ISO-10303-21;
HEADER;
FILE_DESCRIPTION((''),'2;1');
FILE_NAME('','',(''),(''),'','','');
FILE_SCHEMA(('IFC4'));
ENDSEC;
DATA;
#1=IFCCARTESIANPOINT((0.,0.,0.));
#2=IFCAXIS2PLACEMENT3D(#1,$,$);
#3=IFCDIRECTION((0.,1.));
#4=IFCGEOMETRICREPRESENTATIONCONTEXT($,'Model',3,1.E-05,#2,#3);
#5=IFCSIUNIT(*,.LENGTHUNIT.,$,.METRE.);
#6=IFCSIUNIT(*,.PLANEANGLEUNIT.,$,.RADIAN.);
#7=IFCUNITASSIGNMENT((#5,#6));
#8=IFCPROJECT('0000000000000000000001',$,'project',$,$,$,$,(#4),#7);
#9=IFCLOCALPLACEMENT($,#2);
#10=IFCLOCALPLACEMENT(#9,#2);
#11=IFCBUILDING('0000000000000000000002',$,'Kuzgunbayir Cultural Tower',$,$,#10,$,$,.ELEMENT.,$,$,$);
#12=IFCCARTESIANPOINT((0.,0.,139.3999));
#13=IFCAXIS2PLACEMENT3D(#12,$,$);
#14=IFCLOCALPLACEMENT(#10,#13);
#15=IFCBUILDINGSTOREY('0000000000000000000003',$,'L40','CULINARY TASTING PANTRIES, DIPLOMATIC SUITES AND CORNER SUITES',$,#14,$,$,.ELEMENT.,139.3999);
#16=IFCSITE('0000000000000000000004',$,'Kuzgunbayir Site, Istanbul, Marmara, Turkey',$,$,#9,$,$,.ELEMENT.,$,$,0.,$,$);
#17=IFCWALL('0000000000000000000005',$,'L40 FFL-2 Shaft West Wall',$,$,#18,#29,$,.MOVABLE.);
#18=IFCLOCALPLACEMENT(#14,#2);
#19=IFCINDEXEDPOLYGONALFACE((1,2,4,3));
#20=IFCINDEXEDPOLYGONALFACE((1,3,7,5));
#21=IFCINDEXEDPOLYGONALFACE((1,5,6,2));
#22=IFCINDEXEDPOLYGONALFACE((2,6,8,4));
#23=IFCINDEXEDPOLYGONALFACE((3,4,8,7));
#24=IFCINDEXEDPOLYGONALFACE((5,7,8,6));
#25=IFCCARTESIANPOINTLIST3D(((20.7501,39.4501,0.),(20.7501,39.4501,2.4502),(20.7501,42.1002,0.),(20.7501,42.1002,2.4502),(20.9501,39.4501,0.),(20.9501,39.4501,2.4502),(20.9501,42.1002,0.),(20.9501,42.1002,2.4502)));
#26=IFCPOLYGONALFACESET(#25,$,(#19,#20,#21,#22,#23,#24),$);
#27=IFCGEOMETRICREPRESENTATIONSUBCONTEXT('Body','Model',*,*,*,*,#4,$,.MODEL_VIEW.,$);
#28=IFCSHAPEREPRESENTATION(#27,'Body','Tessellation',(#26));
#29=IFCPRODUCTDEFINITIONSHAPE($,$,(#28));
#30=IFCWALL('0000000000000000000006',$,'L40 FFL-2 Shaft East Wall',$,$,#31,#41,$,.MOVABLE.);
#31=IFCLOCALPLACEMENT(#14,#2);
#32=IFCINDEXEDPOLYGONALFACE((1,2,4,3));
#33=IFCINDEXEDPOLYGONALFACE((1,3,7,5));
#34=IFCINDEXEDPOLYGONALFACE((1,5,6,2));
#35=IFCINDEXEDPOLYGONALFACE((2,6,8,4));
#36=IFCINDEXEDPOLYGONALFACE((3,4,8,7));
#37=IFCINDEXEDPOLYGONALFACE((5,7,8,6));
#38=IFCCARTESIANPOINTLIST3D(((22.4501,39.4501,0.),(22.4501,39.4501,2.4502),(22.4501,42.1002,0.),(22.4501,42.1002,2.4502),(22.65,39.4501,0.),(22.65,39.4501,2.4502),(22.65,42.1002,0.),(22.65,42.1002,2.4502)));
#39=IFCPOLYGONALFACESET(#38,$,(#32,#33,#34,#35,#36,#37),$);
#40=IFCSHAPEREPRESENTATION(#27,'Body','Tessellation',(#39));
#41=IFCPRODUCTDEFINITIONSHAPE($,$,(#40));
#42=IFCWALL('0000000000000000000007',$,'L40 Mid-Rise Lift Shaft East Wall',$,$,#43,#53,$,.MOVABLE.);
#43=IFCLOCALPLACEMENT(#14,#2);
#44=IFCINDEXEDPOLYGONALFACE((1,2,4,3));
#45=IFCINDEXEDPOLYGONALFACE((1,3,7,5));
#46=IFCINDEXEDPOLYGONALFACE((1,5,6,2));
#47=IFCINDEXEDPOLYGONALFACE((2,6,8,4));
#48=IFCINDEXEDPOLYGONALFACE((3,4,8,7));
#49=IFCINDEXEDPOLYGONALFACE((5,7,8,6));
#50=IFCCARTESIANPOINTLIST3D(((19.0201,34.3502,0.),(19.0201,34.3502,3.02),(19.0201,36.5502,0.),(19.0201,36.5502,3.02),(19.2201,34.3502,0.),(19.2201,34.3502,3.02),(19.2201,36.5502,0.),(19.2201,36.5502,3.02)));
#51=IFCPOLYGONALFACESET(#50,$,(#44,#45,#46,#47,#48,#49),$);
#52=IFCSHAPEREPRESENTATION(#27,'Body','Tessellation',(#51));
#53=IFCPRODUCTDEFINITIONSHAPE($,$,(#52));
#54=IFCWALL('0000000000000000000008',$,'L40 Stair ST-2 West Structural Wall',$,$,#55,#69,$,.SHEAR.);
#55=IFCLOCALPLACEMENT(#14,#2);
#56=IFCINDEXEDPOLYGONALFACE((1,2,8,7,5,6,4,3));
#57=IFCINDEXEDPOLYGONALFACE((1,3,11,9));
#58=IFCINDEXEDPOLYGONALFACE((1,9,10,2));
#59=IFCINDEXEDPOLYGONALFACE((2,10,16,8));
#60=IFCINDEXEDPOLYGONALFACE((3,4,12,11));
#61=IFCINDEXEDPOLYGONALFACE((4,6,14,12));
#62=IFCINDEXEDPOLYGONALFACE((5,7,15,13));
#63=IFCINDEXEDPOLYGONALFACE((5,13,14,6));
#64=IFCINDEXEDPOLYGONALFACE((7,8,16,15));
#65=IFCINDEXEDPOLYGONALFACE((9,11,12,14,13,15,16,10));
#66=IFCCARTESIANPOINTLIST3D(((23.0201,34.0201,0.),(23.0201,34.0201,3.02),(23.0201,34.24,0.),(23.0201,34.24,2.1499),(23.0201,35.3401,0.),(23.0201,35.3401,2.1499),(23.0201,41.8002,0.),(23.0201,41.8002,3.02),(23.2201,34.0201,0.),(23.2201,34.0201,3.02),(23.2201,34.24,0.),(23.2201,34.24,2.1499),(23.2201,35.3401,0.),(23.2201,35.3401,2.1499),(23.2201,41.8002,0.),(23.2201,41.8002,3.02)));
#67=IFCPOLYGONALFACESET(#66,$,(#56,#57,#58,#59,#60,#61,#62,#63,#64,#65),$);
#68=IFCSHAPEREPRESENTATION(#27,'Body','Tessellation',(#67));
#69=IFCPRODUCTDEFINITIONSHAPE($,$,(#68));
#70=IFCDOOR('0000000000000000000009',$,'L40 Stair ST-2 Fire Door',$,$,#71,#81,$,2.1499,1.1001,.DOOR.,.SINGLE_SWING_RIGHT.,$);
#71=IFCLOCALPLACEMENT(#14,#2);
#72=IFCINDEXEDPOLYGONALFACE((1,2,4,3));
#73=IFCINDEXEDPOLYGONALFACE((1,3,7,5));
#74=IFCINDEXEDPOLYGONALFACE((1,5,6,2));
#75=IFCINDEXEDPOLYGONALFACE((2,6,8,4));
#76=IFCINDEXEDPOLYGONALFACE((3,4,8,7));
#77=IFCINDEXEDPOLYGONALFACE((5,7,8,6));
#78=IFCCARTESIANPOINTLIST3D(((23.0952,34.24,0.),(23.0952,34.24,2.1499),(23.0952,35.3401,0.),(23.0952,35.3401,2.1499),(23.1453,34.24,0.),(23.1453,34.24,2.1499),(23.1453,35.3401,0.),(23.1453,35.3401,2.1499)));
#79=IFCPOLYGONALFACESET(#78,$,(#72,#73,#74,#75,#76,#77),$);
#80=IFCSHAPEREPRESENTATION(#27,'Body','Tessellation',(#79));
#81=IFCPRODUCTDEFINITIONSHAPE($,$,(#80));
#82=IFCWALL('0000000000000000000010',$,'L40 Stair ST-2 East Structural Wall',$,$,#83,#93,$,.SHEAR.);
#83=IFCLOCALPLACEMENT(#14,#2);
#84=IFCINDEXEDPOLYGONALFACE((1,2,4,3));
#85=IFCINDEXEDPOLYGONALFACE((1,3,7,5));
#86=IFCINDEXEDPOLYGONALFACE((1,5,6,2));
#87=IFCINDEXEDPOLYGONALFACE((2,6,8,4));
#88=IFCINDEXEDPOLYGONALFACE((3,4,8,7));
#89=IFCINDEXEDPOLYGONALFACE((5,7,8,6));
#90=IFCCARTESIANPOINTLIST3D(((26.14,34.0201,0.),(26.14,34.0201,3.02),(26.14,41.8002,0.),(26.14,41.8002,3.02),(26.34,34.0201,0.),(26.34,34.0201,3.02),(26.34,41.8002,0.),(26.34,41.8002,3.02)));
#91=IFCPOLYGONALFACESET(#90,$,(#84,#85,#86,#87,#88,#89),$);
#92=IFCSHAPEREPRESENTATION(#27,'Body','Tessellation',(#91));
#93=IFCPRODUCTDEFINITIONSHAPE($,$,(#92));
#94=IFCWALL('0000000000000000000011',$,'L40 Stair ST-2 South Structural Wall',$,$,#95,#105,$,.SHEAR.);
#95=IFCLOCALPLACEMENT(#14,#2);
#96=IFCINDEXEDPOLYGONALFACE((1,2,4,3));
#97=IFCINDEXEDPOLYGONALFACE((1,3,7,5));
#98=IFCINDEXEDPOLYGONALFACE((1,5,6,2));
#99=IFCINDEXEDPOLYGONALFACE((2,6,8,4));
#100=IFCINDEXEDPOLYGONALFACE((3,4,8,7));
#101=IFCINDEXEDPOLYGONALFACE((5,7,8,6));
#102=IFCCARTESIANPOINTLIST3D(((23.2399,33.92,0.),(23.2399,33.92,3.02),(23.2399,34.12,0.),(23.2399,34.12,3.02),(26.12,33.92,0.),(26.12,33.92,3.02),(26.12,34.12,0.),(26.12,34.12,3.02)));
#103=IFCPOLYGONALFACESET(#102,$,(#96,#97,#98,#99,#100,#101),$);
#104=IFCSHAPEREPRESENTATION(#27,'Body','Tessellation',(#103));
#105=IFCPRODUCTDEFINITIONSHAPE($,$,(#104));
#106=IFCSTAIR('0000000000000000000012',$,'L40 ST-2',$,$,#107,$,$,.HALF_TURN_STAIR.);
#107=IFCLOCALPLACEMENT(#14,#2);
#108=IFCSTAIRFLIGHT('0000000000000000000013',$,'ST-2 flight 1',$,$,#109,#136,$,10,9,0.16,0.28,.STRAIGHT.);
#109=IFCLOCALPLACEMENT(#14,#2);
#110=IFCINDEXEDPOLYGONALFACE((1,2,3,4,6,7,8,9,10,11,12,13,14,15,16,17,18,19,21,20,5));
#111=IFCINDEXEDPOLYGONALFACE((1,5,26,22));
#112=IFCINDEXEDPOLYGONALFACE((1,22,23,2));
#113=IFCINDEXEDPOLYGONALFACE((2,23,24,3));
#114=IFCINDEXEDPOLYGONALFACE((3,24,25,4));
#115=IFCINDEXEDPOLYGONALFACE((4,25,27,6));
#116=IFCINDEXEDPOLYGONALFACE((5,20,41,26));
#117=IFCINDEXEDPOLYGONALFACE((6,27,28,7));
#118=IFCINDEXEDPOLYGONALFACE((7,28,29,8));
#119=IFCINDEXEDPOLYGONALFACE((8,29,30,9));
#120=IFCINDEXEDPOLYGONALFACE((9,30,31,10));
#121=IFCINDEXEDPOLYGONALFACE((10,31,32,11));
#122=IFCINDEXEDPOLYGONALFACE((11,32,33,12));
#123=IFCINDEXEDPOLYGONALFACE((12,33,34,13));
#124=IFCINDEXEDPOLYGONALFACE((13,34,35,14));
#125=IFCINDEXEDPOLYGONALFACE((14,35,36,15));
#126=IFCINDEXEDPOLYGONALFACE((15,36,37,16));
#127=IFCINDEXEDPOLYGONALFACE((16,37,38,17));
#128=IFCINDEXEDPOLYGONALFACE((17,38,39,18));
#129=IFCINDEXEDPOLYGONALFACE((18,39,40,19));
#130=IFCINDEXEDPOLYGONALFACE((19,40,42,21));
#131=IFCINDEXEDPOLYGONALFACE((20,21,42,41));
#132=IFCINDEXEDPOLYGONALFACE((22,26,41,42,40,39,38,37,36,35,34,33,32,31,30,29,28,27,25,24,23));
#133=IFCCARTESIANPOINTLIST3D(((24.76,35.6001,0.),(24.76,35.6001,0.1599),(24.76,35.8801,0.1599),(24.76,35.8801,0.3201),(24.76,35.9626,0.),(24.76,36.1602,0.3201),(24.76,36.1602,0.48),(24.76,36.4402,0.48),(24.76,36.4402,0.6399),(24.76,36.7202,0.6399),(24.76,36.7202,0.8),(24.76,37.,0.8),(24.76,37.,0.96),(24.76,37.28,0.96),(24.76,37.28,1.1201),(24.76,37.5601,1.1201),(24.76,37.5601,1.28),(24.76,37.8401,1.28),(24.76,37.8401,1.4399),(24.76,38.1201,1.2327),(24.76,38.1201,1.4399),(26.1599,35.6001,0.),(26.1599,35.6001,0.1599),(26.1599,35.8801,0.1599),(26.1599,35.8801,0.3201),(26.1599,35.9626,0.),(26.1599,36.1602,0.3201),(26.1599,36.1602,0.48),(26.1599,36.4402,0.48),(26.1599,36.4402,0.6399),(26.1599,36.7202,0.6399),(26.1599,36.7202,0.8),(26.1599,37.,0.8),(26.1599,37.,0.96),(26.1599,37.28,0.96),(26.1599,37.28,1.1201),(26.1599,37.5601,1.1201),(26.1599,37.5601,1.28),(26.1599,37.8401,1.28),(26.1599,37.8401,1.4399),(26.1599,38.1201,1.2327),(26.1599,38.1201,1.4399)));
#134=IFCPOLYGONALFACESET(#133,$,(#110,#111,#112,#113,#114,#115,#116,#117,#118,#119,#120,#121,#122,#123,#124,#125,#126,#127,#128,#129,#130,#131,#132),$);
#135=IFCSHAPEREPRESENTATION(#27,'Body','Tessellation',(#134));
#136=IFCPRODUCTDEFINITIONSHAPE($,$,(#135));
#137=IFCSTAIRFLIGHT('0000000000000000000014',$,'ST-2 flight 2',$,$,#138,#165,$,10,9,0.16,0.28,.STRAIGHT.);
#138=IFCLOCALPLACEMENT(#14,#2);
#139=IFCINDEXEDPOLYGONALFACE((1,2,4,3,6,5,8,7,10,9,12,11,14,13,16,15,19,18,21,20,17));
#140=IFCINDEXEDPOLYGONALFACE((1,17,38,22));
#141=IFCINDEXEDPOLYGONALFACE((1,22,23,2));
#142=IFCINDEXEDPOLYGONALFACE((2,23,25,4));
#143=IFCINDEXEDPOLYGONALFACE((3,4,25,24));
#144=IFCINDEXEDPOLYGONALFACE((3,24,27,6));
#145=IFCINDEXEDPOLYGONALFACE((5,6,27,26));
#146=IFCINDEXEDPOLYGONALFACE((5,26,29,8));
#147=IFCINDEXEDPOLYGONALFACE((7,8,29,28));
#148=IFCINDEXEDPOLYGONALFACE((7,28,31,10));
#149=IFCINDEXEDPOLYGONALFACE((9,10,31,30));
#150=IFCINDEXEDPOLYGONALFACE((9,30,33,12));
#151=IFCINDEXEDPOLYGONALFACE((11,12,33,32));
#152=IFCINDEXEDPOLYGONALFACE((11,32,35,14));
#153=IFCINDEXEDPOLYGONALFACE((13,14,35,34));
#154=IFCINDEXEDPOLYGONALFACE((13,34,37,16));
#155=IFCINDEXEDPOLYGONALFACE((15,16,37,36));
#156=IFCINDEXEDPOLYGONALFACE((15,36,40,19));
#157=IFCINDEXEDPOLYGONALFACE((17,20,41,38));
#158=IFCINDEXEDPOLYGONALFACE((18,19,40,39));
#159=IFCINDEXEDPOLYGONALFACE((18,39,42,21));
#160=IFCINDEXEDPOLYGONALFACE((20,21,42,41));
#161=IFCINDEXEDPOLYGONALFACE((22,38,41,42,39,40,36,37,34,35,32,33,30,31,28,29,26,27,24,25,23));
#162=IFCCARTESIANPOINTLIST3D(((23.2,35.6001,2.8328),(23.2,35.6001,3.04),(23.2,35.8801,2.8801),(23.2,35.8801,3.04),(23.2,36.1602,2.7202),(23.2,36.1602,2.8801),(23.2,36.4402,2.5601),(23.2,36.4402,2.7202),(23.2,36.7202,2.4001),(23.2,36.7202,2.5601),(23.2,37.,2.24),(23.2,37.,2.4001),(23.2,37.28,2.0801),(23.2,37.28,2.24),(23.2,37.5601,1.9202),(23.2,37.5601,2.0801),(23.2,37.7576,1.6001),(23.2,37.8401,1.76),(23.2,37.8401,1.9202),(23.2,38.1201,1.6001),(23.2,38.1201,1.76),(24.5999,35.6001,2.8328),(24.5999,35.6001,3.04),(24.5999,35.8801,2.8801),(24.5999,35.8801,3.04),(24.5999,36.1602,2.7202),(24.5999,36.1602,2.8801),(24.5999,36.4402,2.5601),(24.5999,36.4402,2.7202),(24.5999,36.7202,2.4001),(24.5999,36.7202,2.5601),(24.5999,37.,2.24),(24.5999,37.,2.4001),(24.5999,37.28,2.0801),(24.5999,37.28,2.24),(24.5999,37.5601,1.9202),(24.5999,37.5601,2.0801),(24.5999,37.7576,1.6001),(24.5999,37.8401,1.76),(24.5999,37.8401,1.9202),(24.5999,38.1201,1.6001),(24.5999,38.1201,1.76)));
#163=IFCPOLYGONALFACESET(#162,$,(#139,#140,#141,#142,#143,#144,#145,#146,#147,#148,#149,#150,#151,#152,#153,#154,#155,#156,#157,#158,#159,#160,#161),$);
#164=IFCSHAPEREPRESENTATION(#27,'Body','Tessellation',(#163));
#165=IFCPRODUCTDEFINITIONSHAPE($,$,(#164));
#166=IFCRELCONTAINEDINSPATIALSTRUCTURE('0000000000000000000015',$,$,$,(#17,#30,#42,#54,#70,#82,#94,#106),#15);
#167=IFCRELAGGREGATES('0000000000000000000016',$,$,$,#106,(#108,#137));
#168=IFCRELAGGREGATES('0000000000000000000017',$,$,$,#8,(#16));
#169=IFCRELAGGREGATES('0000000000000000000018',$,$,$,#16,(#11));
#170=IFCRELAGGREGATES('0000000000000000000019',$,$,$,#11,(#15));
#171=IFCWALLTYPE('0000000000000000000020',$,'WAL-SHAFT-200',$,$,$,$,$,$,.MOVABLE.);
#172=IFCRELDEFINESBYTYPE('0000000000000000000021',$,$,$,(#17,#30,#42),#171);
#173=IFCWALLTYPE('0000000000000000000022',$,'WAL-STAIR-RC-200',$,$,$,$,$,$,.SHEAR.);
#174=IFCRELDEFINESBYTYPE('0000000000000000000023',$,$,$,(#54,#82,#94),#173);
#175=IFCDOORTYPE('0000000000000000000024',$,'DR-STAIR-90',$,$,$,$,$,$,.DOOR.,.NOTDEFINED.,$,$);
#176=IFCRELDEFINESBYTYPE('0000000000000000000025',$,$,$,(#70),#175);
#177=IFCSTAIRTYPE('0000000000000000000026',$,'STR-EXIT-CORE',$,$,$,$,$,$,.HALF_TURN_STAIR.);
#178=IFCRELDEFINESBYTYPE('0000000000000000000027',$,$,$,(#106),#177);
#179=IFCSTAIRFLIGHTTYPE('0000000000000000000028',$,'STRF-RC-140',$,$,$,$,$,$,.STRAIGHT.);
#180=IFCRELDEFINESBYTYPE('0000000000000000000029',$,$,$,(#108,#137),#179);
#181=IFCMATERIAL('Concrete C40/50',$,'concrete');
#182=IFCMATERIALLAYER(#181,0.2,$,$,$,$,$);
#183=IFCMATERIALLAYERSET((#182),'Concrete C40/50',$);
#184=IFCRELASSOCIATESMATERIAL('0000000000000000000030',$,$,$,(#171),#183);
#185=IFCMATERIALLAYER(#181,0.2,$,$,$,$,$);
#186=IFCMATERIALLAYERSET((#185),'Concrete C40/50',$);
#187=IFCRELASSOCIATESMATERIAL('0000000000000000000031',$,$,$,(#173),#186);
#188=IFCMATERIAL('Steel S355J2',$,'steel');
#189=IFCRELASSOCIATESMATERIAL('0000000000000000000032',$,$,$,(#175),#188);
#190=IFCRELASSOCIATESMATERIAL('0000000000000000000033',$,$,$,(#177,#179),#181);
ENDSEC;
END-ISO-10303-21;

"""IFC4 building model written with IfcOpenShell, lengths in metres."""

from ifc_helpers import new_model, si_unit, direction, frame, frame_2d, origin, place, context, subcontext, project, spatial, polyline, rectangle, outline, extrude, material, layer, layer_set, type_object, element, fill, aggregate, save


model = new_model("IFC4")

# Units and contexts
model_context = context("Model", 3, precision=1e-05, world=origin(), true_north=direction((0.0, 1.0)))
body_context = subcontext(model_context, "Body", "Model", "MODEL_VIEW")
ifc_project = project(units=[si_unit("LENGTHUNIT", "METRE"), si_unit("PLANEANGLEUNIT", "RADIAN")], contexts=[model_context])

# Site, building, storey
site_placement = place(None, origin())
site = spatial("IfcSite", under=ifc_project, at=site_placement, Name="Kuzgunbayir Site, Istanbul, Marmara, Turkey", CompositionType="ELEMENT", RefElevation=0.0)
building_placement = place(site_placement, origin())
building = spatial("IfcBuilding", under=site, at=building_placement, Name="Kuzgunbayir Cultural Tower", CompositionType="ELEMENT")
storey_placement = place(building_placement, frame((0.0, 0.0, 139.3999)))
storey = spatial("IfcBuildingStorey", under=building, at=storey_placement, Name="L40", Description="CULINARY TASTING PANTRIES, DIPLOMATIC SUITES AND CORNER SUITES", CompositionType="ELEMENT", Elevation=139.3999)

# Shared definitions
ifc_material_1 = material(Name="Steel S355J2", Category="steel")

# Shared definitions
ifc_material_2 = material(Name="Concrete C40/50", Category="concrete")
ifc_layer_1 = layer(ifc_material_2, 0.2)
ifc_layer_set_1 = layer_set([ifc_layer_1], Name="Concrete C40/50")
wall_type_1 = type_object("IfcWallType", Name="WAL-SHAFT-200", PredefinedType="MOVABLE", material=ifc_layer_set_1)

# Walls
for number, where, z_axis, x_axis, name in (
    (1, (20.8501, 39.45, 0.0), (0.0, 0.0, 1.0), (0.0, 1.0, 0.0), "L40 FFL-2 Shaft West Wall"),
    (2, (22.55, 39.45, 0.0), (0.0, 0.0, 1.0), (0.0, 1.0, 0.0), "L40 FFL-2 Shaft East Wall"),
):
    element("IfcWall", number, at=place(storey_placement, frame(where, z_axis=z_axis, x_axis=x_axis)), inside=storey, type_object=wall_type_1, Name=name, PredefinedType="MOVABLE", context=body_context, shape_type="SweptSolid", body=[
        extrude(rectangle(XDim=2.6501, YDim=0.2, at=frame_2d((1.3252, 0.0))), origin(), (0.0, 0.0, 1.0), 2.4502),
    ])
wall_1_placement = place(storey_placement, frame((19.1201, 34.3501, 0.0), z_axis=(0.0, 0.0, 1.0), x_axis=(0.0, 1.0, 0.0)))
element("IfcWall", 3, at=wall_1_placement, inside=storey, type_object=wall_type_1, Name="L40 Mid-Rise Lift Shaft East Wall", PredefinedType="MOVABLE", context=body_context, shape_type="SweptSolid", body=[
    extrude(rectangle(XDim=2.2, YDim=0.2, at=frame_2d((1.1001, 0.0))), origin(), (0.0, 0.0, 1.0), 3.02),
])

# Wall, opening, door
ifc_layer_2 = layer(ifc_material_2, 0.2)
ifc_layer_set_2 = layer_set([ifc_layer_2], Name="Concrete C40/50")
wall_type_2 = type_object("IfcWallType", Name="WAL-STAIR-RC-200", PredefinedType="SHEAR", material=ifc_layer_set_2)
wall_2_placement = place(storey_placement, frame((23.1201, 34.02, 0.0), z_axis=(0.0, 0.0, 1.0), x_axis=(0.0, 1.0, 0.0)))
wall_2 = element("IfcWall", 4, at=wall_2_placement, inside=storey, type_object=wall_type_2, Name="L40 Stair ST-2 West Structural Wall", PredefinedType="SHEAR", context=body_context, shape_type="SweptSolid", body=[
    extrude(rectangle(XDim=7.78, YDim=0.2, at=frame_2d((3.8901, 0.0))), origin(), (0.0, 0.0, 1.0), 3.02),
])
opening_1_placement = place(wall_2_placement, frame((0.22, 0.0, 0.0)))
opening_1 = element("IfcOpeningElement", 5, at=opening_1_placement, cuts=wall_2, PredefinedType="OPENING", context=body_context, shape_type="SweptSolid", body=[
    extrude(rectangle(XDim=1.1001, YDim=2.1499, at=frame_2d((0.55, 1.075))), frame((0.0, 0.1099, 0.0), z_axis=(0.0, -1.0, 0.0), x_axis=(1.0, 0.0, 0.0)), (0.0, 0.0, 1.0), 0.22),
])
door_type_1 = type_object("IfcDoorType", Name="DR-STAIR-90", OperationType="NOTDEFINED", PredefinedType="DOOR", material=ifc_material_1)
door_1_placement = place(opening_1_placement, origin())
door_1 = element("IfcDoor", 6, at=door_1_placement, inside=storey, type_object=door_type_1, Name="L40 Stair ST-2 Fire Door", OperationType="SINGLE_SWING_RIGHT", OverallHeight=2.1499, OverallWidth=1.1001, PredefinedType="DOOR", context=body_context, shape_type="SweptSolid", body=[
    extrude(rectangle(XDim=1.1001, YDim=2.1499, at=frame_2d((0.55, 1.075))), frame((0.0, 0.0249, 0.0), z_axis=(0.0, -1.0, 0.0), x_axis=(1.0, 0.0, 0.0)), (0.0, 0.0, 1.0), 0.05),
])
fill(opening_1, door_1)

# Walls
wall_3_placement = place(storey_placement, frame((26.24, 34.02, 0.0), z_axis=(0.0, 0.0, 1.0), x_axis=(0.0, 1.0, 0.0)))
element("IfcWall", 7, at=wall_3_placement, inside=storey, type_object=wall_type_2, Name="L40 Stair ST-2 East Structural Wall", PredefinedType="SHEAR", context=body_context, shape_type="SweptSolid", body=[
    extrude(rectangle(XDim=7.78, YDim=0.2, at=frame_2d((3.8901, 0.0))), origin(), (0.0, 0.0, 1.0), 3.02),
])
wall_4_placement = place(storey_placement, frame((23.24, 34.02, 0.0), z_axis=(0.0, 0.0, 1.0), x_axis=(1.0, 0.0, 0.0)))
element("IfcWall", 8, at=wall_4_placement, inside=storey, type_object=wall_type_2, Name="L40 Stair ST-2 South Structural Wall", PredefinedType="SHEAR", context=body_context, shape_type="SweptSolid", body=[
    extrude(rectangle(XDim=2.8801, YDim=0.2, at=frame_2d((1.4399, 0.0))), origin(), (0.0, 0.0, 1.0), 3.02),
])

# Stair, stair flights
stair_type = type_object("IfcStairType", Name="STR-EXIT-CORE", PredefinedType="HALF_TURN_STAIR", material=ifc_material_2)
stair_placement = place(storey_placement, origin())
stair = element("IfcStair", 9, at=stair_placement, inside=storey, type_object=stair_type, Name="L40 ST-2", PredefinedType="HALF_TURN_STAIR")
stair_flight_type = type_object("IfcStairFlightType", Name="STRF-RC-140", PredefinedType="STRAIGHT", material=ifc_material_2)
stair_flight_1_placement = place(storey_placement, frame((25.46, 35.6001, 0.0), z_axis=(0.0, 0.0, 1.0), x_axis=(0.0, 1.0, 0.0)))
stair_flight_1 = element("IfcStairFlight", 10, at=stair_flight_1_placement, type_object=stair_flight_type, Name="ST-2 flight 1", NumberOfRisers=10, NumberOfTreads=9, PredefinedType="STRAIGHT", RiserHeight=0.16, TreadLength=0.28, context=body_context, shape_type="SweptSolid", body=[
    extrude(outline(polyline([(0.0, 0.0), (0.0, 0.1599), (0.28, 0.1599), (0.28, 0.3201), (0.5601, 0.3201), (0.5601, 0.48), (0.8401, 0.48), (0.8401, 0.6399), (1.1201, 0.6399), (1.1201, 0.8), (1.3999, 0.8), (1.3999, 0.96), (1.6799, 0.96), (1.6799, 1.1201), (1.96, 1.1201), (1.96, 1.28), (2.24, 1.28), (2.24, 1.4399), (2.52, 1.4399), (2.52, 1.6001), (2.52, 1.2327), (0.3625, 0.0), (0.0, 0.0)])), frame((0.0, 0.7, 0.0), z_axis=(0.0, -1.0, 0.0), x_axis=(1.0, 0.0, 0.0)), (0.0, 0.0, 1.0), 1.3999),
])
stair_flight_2_placement = place(storey_placement, frame((23.8999, 38.1201, 1.6001), z_axis=(0.0, 0.0, 1.0), x_axis=(0.0, -1.0, 0.0)))
stair_flight_2 = element("IfcStairFlight", 11, at=stair_flight_2_placement, type_object=stair_flight_type, Name="ST-2 flight 2", NumberOfRisers=10, NumberOfTreads=9, PredefinedType="STRAIGHT", RiserHeight=0.16, TreadLength=0.28, context=body_context, shape_type="SweptSolid", body=[
    extrude(outline(polyline([(0.0, 0.0), (0.0, 0.1599), (0.28, 0.1599), (0.28, 0.3201), (0.5601, 0.3201), (0.5601, 0.48), (0.8401, 0.48), (0.8401, 0.6399), (1.1201, 0.6399), (1.1201, 0.8), (1.3999, 0.8), (1.3999, 0.96), (1.6799, 0.96), (1.6799, 1.1201), (1.96, 1.1201), (1.96, 1.28), (2.24, 1.28), (2.24, 1.4399), (2.52, 1.4399), (2.52, 1.6001), (2.52, 1.2327), (0.3625, 0.0), (0.0, 0.0)])), frame((0.0, 0.7, 0.0), z_axis=(0.0, -1.0, 0.0), x_axis=(1.0, 0.0, 0.0)), (0.0, 0.0, 1.0), 1.3999),
])
aggregate(stair, [stair_flight_1, stair_flight_2])

save(model, "model.ifc")
